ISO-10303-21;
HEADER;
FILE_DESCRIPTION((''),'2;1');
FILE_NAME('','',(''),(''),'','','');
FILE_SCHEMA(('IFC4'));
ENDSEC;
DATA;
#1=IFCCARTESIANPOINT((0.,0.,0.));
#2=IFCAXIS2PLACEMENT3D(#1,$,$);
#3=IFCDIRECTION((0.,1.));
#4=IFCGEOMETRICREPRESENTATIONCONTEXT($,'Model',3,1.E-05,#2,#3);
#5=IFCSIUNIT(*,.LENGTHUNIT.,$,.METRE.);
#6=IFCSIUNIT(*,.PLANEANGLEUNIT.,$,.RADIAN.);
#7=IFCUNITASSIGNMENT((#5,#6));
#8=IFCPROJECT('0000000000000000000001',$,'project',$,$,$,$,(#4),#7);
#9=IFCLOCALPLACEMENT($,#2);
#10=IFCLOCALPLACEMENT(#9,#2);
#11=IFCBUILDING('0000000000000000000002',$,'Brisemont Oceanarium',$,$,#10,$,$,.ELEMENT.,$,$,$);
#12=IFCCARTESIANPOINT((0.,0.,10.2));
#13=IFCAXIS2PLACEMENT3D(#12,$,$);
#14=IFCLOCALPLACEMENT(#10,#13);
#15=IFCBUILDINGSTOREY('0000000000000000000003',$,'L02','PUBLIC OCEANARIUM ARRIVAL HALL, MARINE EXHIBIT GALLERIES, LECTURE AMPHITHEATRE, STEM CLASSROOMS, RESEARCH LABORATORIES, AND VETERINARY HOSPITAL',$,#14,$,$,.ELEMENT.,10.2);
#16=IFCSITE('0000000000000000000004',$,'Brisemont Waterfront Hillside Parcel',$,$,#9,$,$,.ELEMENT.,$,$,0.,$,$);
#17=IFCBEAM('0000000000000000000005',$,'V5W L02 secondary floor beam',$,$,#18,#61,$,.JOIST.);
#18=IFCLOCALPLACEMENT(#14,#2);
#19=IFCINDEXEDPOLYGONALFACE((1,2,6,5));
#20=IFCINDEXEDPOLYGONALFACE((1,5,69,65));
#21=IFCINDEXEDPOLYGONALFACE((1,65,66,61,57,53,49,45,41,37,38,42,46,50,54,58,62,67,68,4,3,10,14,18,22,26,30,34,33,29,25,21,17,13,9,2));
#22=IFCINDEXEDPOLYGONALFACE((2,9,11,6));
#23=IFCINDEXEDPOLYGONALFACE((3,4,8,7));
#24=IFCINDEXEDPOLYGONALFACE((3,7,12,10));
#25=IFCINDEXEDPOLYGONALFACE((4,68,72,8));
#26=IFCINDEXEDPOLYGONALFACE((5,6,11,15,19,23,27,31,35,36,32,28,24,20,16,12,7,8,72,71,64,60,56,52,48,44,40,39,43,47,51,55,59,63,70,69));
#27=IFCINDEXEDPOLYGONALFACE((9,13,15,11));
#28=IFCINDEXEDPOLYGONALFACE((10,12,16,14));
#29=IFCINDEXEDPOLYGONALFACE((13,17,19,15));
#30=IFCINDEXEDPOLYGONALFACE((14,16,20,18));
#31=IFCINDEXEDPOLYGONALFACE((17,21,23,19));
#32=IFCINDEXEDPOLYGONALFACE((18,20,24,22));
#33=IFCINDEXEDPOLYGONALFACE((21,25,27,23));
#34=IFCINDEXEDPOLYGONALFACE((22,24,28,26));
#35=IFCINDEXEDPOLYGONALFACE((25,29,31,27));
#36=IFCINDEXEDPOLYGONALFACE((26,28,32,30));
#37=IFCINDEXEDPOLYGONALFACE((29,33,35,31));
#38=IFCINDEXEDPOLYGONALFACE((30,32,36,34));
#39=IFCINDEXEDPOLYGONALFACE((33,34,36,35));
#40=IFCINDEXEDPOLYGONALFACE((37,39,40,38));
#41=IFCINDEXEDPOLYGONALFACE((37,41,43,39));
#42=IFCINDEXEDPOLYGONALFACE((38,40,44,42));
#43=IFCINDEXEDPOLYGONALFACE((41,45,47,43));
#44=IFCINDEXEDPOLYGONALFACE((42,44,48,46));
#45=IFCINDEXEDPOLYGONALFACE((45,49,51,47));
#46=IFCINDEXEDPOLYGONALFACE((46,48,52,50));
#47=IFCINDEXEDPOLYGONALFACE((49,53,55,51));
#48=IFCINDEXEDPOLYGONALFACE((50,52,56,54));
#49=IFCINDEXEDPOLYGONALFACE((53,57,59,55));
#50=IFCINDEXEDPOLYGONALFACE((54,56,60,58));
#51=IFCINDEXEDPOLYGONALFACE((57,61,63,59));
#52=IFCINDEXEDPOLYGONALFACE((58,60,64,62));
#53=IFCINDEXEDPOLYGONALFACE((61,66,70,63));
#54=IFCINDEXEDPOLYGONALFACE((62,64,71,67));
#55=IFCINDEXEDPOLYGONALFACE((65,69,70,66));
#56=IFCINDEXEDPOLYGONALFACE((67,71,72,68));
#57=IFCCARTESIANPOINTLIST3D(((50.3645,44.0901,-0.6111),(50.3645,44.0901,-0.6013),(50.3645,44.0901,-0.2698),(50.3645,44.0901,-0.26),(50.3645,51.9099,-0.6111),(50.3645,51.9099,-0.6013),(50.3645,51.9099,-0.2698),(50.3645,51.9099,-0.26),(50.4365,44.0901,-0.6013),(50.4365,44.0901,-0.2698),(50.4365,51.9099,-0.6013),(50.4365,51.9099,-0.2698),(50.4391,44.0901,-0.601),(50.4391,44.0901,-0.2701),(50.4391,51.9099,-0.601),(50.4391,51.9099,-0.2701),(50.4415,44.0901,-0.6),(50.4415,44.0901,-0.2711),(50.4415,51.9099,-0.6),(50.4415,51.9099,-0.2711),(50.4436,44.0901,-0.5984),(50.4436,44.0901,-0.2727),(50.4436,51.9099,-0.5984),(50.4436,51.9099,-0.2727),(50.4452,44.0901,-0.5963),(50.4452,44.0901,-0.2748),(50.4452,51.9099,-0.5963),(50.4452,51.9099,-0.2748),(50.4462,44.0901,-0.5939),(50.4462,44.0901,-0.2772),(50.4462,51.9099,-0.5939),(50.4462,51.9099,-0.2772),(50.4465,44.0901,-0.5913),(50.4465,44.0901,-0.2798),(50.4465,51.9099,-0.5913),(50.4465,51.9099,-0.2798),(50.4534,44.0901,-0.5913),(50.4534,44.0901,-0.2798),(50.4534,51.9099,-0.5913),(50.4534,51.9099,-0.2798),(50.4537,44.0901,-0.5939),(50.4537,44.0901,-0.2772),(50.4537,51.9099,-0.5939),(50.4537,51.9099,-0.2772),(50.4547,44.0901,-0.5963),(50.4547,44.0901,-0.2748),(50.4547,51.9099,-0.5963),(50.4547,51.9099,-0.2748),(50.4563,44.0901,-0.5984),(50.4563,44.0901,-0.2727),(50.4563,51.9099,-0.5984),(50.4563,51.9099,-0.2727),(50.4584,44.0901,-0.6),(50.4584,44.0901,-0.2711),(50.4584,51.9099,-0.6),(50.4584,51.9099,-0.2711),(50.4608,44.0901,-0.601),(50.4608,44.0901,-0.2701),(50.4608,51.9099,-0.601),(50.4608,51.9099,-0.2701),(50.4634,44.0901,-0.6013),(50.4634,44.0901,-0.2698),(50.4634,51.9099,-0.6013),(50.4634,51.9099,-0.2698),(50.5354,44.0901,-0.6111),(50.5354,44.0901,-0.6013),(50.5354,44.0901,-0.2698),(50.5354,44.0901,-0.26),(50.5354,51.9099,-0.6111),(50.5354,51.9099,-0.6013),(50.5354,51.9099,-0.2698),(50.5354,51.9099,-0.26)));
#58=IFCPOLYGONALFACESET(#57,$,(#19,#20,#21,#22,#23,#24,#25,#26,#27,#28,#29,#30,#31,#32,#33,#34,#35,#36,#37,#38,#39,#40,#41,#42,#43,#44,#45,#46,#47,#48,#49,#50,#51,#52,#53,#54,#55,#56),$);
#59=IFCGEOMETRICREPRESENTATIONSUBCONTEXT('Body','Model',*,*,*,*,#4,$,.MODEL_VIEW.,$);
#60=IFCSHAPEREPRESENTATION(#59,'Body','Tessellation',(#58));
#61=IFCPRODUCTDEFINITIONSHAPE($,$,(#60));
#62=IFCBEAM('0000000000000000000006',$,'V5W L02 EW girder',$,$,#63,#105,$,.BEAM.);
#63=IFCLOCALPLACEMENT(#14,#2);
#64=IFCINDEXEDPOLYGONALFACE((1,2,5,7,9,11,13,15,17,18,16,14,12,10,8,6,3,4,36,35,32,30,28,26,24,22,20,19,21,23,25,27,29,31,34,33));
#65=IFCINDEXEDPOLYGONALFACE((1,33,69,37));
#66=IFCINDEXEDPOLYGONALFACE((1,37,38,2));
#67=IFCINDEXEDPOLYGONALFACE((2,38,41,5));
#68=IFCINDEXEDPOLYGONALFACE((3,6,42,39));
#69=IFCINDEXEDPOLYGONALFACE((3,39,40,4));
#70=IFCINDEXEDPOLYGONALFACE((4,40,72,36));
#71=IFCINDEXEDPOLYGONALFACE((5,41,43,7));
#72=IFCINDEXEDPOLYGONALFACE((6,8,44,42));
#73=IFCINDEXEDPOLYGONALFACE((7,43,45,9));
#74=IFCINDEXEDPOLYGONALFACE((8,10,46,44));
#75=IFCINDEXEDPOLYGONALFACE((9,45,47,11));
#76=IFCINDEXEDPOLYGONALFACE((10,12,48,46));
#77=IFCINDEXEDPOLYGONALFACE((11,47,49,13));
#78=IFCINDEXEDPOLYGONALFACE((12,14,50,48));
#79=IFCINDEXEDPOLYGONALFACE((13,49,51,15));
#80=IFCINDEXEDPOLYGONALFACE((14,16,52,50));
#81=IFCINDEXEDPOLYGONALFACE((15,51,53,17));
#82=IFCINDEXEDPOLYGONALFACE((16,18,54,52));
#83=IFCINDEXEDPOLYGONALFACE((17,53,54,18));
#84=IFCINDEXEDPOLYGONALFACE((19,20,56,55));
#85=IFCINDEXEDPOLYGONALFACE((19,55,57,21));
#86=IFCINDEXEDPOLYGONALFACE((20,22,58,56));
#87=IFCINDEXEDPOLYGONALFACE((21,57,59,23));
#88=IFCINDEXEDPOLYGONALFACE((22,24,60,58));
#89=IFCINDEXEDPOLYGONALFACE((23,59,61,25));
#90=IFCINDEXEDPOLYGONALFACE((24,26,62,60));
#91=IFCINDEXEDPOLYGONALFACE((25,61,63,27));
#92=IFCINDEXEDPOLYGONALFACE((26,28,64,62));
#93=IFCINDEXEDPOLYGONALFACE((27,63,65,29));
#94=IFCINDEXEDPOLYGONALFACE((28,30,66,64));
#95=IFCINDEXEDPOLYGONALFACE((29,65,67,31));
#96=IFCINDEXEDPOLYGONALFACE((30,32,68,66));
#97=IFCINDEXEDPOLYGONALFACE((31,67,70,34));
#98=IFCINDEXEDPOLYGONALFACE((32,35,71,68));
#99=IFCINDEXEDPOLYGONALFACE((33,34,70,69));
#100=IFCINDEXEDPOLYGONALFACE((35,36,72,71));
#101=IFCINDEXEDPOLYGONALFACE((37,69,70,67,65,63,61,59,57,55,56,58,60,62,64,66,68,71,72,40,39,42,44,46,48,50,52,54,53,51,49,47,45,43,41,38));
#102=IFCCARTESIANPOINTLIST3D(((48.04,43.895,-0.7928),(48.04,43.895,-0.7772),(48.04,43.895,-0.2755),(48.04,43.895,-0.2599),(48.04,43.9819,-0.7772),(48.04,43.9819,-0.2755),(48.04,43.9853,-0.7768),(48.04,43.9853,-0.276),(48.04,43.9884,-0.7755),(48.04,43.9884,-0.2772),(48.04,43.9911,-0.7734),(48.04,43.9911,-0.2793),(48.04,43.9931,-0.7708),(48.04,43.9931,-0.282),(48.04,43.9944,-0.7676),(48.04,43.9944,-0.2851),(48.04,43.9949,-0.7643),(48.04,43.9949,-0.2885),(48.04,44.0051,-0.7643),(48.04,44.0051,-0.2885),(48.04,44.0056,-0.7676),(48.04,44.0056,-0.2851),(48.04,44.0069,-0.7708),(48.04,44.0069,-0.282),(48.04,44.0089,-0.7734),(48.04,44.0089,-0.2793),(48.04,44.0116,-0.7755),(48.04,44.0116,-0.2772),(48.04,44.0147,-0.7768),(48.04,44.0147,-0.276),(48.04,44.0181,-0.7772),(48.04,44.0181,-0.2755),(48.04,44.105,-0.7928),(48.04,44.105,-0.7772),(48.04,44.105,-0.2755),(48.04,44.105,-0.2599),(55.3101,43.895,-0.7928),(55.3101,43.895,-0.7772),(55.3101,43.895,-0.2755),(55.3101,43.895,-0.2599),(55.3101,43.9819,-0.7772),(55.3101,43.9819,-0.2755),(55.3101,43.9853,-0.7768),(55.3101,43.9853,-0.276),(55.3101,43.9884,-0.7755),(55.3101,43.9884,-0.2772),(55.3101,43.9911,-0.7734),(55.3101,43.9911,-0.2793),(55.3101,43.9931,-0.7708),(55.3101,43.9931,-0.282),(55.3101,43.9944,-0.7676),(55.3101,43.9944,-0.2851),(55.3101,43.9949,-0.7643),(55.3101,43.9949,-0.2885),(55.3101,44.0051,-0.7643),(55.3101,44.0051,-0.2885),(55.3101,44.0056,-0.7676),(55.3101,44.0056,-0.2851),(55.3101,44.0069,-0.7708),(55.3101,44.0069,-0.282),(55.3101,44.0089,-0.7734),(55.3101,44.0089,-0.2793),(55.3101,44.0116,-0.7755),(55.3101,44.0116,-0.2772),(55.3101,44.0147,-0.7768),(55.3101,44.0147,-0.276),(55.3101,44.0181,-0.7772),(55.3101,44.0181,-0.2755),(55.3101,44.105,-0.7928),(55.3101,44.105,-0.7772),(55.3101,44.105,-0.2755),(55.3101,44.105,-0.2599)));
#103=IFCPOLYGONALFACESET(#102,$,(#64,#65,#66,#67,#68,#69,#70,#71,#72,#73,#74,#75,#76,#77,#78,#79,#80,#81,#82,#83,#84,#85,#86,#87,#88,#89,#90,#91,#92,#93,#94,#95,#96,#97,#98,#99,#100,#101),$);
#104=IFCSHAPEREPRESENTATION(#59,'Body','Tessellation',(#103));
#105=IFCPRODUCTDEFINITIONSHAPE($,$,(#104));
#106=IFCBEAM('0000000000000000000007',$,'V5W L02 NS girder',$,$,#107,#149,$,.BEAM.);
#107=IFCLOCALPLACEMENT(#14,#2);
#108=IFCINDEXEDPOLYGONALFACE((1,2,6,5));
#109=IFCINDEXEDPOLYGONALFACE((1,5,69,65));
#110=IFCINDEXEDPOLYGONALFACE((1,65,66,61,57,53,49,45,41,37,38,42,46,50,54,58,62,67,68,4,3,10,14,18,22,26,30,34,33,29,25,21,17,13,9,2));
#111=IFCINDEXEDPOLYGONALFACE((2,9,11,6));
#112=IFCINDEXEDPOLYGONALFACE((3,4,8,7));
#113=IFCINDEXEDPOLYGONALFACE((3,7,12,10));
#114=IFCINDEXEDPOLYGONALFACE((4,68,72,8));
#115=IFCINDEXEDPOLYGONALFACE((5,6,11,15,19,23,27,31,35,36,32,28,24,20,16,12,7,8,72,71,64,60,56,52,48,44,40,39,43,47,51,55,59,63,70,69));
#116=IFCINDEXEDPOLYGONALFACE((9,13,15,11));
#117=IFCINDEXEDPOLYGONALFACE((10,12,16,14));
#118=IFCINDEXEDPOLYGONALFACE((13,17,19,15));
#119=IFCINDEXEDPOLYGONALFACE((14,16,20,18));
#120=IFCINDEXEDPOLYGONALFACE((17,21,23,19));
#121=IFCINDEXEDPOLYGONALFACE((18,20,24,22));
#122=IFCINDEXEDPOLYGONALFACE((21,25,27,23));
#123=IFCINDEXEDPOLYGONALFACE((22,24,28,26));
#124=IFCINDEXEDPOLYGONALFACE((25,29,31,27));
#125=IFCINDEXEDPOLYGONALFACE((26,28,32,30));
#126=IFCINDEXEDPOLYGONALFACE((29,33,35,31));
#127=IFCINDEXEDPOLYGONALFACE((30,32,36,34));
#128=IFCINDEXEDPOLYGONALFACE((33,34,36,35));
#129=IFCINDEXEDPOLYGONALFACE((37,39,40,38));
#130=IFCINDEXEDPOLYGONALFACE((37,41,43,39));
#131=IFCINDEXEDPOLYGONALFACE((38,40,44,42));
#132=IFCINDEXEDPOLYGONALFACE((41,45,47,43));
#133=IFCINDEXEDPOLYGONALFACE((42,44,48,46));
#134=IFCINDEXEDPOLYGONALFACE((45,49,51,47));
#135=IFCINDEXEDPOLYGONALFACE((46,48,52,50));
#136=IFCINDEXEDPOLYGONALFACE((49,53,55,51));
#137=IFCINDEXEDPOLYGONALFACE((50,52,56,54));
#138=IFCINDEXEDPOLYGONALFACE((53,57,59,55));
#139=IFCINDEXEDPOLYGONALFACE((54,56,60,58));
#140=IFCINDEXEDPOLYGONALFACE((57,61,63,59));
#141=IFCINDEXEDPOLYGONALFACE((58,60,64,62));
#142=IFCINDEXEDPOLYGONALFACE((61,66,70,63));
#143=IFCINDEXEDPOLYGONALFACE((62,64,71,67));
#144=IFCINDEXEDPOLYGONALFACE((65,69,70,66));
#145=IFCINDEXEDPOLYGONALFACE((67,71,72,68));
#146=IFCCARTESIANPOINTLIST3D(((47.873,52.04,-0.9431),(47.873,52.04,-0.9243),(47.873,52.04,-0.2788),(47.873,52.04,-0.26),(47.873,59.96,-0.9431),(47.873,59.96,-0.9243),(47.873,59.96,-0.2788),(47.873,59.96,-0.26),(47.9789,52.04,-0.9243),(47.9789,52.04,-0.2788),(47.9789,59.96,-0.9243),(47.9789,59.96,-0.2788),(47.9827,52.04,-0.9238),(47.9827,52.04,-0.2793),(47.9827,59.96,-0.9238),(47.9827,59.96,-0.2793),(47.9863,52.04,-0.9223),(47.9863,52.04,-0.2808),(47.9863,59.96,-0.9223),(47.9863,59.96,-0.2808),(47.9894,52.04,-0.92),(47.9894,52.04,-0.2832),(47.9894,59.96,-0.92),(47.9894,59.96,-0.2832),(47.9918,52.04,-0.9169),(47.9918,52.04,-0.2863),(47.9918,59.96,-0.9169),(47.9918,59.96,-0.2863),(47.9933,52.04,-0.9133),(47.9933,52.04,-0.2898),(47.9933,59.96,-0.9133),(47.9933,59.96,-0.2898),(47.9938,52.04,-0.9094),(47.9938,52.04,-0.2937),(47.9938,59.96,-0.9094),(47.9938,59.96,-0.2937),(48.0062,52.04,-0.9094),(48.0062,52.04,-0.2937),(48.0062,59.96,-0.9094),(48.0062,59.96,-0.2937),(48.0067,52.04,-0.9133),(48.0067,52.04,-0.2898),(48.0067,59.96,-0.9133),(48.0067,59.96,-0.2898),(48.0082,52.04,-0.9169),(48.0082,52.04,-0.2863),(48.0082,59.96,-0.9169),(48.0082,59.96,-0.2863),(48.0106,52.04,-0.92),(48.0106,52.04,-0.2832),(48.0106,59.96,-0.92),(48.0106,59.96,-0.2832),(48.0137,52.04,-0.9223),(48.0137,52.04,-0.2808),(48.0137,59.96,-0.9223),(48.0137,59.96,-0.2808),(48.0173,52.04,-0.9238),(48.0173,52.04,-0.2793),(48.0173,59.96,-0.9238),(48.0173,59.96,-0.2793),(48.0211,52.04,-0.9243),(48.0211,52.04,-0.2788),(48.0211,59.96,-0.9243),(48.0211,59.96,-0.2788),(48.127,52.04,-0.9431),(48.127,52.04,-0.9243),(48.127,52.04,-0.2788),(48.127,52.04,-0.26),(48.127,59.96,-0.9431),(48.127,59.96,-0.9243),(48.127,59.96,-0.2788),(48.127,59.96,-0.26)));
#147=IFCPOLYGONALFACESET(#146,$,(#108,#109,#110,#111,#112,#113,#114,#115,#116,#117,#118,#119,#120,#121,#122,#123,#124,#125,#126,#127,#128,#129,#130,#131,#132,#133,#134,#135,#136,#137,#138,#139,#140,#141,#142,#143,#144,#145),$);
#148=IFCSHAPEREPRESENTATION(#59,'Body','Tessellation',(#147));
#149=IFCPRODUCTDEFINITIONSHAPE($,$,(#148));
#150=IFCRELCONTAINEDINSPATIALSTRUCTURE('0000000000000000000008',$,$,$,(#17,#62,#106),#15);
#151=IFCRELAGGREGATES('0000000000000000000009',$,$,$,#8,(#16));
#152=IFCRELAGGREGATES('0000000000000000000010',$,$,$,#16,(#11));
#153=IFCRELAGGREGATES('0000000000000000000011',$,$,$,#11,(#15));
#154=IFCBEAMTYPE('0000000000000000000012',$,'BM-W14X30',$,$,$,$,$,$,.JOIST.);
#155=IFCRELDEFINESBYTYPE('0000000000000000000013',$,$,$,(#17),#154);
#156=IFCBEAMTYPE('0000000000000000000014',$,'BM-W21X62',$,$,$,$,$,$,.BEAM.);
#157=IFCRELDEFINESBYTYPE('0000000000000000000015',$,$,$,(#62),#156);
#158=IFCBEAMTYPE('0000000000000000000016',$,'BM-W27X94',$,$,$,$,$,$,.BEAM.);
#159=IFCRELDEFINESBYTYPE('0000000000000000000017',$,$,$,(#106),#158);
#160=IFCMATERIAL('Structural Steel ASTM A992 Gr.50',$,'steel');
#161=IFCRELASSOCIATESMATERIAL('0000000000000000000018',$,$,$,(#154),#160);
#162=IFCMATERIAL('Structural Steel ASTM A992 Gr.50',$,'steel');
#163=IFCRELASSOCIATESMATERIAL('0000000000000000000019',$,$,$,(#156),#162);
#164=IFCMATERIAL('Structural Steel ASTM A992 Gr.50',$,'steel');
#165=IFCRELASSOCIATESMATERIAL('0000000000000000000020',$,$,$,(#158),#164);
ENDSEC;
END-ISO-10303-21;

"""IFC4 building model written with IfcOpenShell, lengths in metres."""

from ifc_helpers import new_model, si_unit, direction, frame, origin, origin_2d, place, context, subcontext, project, spatial, i_section, extrude, material, material_profile, profile_set, type_object, element, save


model = new_model("IFC4")

# Units and contexts
model_context = context("Model", 3, precision=1e-05, world=origin(), true_north=direction((0.0, 1.0)))
body_context = subcontext(model_context, "Body", "Model", "MODEL_VIEW")
ifc_project = project(units=[si_unit("LENGTHUNIT", "METRE"), si_unit("PLANEANGLEUNIT", "RADIAN")], contexts=[model_context])

# Site, building, storey
site_placement = place(None, origin())
site = spatial("IfcSite", under=ifc_project, at=site_placement, Name="Brisemont Waterfront Hillside Parcel", CompositionType="ELEMENT", RefElevation=0.0)
building_placement = place(site_placement, origin())
building = spatial("IfcBuilding", under=site, at=building_placement, Name="Brisemont Oceanarium", CompositionType="ELEMENT")
storey_placement = place(building_placement, frame((0.0, 0.0, 10.2)))
storey = spatial("IfcBuildingStorey", under=building, at=storey_placement, Name="L02", Description="PUBLIC OCEANARIUM ARRIVAL HALL, MARINE EXHIBIT GALLERIES, LECTURE AMPHITHEATRE, STEM CLASSROOMS, RESEARCH LABORATORIES, AND VETERINARY HOSPITAL", CompositionType="ELEMENT", Elevation=10.2)

# Beams
ifc_material_1 = material(Name="Structural Steel ASTM A992 Gr.50", Category="steel")
ifc_material_profile_1 = material_profile(ifc_material_1, i_section(OverallWidth=0.1709, OverallDepth=0.3511, WebThickness=0.0068, FlangeThickness=0.0098, FilletRadius=0.01, at=origin_2d()), Name="W14X30")
ifc_profile_set_1 = profile_set([ifc_material_profile_1], Name="Structural Steel ASTM A992 Gr.50")
beam_type_1 = type_object("IfcBeamType", Name="BM-W14X30", PredefinedType="JOIST", material=ifc_profile_set_1)
beam_1_placement = place(storey_placement, frame((50.45, 44.0901, -0.4355), z_axis=(0.0, 1.0, 0.0), x_axis=(-1.0, 0.0, 0.0)))
element("IfcBeam", 1, at=beam_1_placement, inside=storey, type_object=beam_type_1, Name="V5W L02 secondary floor beam", PredefinedType="JOIST", context=body_context, shape_type="SweptSolid", body=[
    extrude(i_section(OverallWidth=0.1709, OverallDepth=0.3511, WebThickness=0.0068, FlangeThickness=0.0098, FilletRadius=0.01, at=origin_2d()), origin(), (0.0, 0.0, 1.0), 7.8198),
])
ifc_material_2 = material(Name="Structural Steel ASTM A992 Gr.50", Category="steel")
ifc_material_profile_2 = material_profile(ifc_material_2, i_section(OverallWidth=0.21, OverallDepth=0.533, WebThickness=0.0103, FlangeThickness=0.0156, FilletRadius=0.0129, at=origin_2d()), Name="W21X62")
ifc_profile_set_2 = profile_set([ifc_material_profile_2], Name="Structural Steel ASTM A992 Gr.50")
beam_type_2 = type_object("IfcBeamType", Name="BM-W21X62", PredefinedType="BEAM", material=ifc_profile_set_2)
beam_2_placement = place(storey_placement, frame((48.04, 44.0, -0.5264), z_axis=(1.0, 0.0, 0.0), x_axis=(0.0, 1.0, 0.0)))
element("IfcBeam", 2, at=beam_2_placement, inside=storey, type_object=beam_type_2, Name="V5W L02 EW girder", PredefinedType="BEAM", context=body_context, shape_type="SweptSolid", body=[
    extrude(i_section(OverallWidth=0.21, OverallDepth=0.533, WebThickness=0.0103, FlangeThickness=0.0156, FilletRadius=0.0129, at=origin_2d()), origin(), (0.0, 0.0, 1.0), 7.27),
])
ifc_material_3 = material(Name="Structural Steel ASTM A992 Gr.50", Category="steel")
ifc_material_profile_3 = material_profile(ifc_material_3, i_section(OverallWidth=0.2539, OverallDepth=0.6831, WebThickness=0.0125, FlangeThickness=0.0188, FilletRadius=0.0149, at=origin_2d()), Name="W27X94")
ifc_profile_set_3 = profile_set([ifc_material_profile_3], Name="Structural Steel ASTM A992 Gr.50")
beam_type_3 = type_object("IfcBeamType", Name="BM-W27X94", PredefinedType="BEAM", material=ifc_profile_set_3)
beam_3_placement = place(storey_placement, frame((48.0, 52.04, -0.6016), z_axis=(0.0, 1.0, 0.0), x_axis=(-1.0, 0.0, 0.0)))
element("IfcBeam", 3, at=beam_3_placement, inside=storey, type_object=beam_type_3, Name="V5W L02 NS girder", PredefinedType="BEAM", context=body_context, shape_type="SweptSolid", body=[
    extrude(i_section(OverallWidth=0.2539, OverallDepth=0.6831, WebThickness=0.0125, FlangeThickness=0.0188, FilletRadius=0.0149, at=origin_2d()), origin(), (0.0, 0.0, 1.0), 7.9199),
])

save(model, "model.ifc")
